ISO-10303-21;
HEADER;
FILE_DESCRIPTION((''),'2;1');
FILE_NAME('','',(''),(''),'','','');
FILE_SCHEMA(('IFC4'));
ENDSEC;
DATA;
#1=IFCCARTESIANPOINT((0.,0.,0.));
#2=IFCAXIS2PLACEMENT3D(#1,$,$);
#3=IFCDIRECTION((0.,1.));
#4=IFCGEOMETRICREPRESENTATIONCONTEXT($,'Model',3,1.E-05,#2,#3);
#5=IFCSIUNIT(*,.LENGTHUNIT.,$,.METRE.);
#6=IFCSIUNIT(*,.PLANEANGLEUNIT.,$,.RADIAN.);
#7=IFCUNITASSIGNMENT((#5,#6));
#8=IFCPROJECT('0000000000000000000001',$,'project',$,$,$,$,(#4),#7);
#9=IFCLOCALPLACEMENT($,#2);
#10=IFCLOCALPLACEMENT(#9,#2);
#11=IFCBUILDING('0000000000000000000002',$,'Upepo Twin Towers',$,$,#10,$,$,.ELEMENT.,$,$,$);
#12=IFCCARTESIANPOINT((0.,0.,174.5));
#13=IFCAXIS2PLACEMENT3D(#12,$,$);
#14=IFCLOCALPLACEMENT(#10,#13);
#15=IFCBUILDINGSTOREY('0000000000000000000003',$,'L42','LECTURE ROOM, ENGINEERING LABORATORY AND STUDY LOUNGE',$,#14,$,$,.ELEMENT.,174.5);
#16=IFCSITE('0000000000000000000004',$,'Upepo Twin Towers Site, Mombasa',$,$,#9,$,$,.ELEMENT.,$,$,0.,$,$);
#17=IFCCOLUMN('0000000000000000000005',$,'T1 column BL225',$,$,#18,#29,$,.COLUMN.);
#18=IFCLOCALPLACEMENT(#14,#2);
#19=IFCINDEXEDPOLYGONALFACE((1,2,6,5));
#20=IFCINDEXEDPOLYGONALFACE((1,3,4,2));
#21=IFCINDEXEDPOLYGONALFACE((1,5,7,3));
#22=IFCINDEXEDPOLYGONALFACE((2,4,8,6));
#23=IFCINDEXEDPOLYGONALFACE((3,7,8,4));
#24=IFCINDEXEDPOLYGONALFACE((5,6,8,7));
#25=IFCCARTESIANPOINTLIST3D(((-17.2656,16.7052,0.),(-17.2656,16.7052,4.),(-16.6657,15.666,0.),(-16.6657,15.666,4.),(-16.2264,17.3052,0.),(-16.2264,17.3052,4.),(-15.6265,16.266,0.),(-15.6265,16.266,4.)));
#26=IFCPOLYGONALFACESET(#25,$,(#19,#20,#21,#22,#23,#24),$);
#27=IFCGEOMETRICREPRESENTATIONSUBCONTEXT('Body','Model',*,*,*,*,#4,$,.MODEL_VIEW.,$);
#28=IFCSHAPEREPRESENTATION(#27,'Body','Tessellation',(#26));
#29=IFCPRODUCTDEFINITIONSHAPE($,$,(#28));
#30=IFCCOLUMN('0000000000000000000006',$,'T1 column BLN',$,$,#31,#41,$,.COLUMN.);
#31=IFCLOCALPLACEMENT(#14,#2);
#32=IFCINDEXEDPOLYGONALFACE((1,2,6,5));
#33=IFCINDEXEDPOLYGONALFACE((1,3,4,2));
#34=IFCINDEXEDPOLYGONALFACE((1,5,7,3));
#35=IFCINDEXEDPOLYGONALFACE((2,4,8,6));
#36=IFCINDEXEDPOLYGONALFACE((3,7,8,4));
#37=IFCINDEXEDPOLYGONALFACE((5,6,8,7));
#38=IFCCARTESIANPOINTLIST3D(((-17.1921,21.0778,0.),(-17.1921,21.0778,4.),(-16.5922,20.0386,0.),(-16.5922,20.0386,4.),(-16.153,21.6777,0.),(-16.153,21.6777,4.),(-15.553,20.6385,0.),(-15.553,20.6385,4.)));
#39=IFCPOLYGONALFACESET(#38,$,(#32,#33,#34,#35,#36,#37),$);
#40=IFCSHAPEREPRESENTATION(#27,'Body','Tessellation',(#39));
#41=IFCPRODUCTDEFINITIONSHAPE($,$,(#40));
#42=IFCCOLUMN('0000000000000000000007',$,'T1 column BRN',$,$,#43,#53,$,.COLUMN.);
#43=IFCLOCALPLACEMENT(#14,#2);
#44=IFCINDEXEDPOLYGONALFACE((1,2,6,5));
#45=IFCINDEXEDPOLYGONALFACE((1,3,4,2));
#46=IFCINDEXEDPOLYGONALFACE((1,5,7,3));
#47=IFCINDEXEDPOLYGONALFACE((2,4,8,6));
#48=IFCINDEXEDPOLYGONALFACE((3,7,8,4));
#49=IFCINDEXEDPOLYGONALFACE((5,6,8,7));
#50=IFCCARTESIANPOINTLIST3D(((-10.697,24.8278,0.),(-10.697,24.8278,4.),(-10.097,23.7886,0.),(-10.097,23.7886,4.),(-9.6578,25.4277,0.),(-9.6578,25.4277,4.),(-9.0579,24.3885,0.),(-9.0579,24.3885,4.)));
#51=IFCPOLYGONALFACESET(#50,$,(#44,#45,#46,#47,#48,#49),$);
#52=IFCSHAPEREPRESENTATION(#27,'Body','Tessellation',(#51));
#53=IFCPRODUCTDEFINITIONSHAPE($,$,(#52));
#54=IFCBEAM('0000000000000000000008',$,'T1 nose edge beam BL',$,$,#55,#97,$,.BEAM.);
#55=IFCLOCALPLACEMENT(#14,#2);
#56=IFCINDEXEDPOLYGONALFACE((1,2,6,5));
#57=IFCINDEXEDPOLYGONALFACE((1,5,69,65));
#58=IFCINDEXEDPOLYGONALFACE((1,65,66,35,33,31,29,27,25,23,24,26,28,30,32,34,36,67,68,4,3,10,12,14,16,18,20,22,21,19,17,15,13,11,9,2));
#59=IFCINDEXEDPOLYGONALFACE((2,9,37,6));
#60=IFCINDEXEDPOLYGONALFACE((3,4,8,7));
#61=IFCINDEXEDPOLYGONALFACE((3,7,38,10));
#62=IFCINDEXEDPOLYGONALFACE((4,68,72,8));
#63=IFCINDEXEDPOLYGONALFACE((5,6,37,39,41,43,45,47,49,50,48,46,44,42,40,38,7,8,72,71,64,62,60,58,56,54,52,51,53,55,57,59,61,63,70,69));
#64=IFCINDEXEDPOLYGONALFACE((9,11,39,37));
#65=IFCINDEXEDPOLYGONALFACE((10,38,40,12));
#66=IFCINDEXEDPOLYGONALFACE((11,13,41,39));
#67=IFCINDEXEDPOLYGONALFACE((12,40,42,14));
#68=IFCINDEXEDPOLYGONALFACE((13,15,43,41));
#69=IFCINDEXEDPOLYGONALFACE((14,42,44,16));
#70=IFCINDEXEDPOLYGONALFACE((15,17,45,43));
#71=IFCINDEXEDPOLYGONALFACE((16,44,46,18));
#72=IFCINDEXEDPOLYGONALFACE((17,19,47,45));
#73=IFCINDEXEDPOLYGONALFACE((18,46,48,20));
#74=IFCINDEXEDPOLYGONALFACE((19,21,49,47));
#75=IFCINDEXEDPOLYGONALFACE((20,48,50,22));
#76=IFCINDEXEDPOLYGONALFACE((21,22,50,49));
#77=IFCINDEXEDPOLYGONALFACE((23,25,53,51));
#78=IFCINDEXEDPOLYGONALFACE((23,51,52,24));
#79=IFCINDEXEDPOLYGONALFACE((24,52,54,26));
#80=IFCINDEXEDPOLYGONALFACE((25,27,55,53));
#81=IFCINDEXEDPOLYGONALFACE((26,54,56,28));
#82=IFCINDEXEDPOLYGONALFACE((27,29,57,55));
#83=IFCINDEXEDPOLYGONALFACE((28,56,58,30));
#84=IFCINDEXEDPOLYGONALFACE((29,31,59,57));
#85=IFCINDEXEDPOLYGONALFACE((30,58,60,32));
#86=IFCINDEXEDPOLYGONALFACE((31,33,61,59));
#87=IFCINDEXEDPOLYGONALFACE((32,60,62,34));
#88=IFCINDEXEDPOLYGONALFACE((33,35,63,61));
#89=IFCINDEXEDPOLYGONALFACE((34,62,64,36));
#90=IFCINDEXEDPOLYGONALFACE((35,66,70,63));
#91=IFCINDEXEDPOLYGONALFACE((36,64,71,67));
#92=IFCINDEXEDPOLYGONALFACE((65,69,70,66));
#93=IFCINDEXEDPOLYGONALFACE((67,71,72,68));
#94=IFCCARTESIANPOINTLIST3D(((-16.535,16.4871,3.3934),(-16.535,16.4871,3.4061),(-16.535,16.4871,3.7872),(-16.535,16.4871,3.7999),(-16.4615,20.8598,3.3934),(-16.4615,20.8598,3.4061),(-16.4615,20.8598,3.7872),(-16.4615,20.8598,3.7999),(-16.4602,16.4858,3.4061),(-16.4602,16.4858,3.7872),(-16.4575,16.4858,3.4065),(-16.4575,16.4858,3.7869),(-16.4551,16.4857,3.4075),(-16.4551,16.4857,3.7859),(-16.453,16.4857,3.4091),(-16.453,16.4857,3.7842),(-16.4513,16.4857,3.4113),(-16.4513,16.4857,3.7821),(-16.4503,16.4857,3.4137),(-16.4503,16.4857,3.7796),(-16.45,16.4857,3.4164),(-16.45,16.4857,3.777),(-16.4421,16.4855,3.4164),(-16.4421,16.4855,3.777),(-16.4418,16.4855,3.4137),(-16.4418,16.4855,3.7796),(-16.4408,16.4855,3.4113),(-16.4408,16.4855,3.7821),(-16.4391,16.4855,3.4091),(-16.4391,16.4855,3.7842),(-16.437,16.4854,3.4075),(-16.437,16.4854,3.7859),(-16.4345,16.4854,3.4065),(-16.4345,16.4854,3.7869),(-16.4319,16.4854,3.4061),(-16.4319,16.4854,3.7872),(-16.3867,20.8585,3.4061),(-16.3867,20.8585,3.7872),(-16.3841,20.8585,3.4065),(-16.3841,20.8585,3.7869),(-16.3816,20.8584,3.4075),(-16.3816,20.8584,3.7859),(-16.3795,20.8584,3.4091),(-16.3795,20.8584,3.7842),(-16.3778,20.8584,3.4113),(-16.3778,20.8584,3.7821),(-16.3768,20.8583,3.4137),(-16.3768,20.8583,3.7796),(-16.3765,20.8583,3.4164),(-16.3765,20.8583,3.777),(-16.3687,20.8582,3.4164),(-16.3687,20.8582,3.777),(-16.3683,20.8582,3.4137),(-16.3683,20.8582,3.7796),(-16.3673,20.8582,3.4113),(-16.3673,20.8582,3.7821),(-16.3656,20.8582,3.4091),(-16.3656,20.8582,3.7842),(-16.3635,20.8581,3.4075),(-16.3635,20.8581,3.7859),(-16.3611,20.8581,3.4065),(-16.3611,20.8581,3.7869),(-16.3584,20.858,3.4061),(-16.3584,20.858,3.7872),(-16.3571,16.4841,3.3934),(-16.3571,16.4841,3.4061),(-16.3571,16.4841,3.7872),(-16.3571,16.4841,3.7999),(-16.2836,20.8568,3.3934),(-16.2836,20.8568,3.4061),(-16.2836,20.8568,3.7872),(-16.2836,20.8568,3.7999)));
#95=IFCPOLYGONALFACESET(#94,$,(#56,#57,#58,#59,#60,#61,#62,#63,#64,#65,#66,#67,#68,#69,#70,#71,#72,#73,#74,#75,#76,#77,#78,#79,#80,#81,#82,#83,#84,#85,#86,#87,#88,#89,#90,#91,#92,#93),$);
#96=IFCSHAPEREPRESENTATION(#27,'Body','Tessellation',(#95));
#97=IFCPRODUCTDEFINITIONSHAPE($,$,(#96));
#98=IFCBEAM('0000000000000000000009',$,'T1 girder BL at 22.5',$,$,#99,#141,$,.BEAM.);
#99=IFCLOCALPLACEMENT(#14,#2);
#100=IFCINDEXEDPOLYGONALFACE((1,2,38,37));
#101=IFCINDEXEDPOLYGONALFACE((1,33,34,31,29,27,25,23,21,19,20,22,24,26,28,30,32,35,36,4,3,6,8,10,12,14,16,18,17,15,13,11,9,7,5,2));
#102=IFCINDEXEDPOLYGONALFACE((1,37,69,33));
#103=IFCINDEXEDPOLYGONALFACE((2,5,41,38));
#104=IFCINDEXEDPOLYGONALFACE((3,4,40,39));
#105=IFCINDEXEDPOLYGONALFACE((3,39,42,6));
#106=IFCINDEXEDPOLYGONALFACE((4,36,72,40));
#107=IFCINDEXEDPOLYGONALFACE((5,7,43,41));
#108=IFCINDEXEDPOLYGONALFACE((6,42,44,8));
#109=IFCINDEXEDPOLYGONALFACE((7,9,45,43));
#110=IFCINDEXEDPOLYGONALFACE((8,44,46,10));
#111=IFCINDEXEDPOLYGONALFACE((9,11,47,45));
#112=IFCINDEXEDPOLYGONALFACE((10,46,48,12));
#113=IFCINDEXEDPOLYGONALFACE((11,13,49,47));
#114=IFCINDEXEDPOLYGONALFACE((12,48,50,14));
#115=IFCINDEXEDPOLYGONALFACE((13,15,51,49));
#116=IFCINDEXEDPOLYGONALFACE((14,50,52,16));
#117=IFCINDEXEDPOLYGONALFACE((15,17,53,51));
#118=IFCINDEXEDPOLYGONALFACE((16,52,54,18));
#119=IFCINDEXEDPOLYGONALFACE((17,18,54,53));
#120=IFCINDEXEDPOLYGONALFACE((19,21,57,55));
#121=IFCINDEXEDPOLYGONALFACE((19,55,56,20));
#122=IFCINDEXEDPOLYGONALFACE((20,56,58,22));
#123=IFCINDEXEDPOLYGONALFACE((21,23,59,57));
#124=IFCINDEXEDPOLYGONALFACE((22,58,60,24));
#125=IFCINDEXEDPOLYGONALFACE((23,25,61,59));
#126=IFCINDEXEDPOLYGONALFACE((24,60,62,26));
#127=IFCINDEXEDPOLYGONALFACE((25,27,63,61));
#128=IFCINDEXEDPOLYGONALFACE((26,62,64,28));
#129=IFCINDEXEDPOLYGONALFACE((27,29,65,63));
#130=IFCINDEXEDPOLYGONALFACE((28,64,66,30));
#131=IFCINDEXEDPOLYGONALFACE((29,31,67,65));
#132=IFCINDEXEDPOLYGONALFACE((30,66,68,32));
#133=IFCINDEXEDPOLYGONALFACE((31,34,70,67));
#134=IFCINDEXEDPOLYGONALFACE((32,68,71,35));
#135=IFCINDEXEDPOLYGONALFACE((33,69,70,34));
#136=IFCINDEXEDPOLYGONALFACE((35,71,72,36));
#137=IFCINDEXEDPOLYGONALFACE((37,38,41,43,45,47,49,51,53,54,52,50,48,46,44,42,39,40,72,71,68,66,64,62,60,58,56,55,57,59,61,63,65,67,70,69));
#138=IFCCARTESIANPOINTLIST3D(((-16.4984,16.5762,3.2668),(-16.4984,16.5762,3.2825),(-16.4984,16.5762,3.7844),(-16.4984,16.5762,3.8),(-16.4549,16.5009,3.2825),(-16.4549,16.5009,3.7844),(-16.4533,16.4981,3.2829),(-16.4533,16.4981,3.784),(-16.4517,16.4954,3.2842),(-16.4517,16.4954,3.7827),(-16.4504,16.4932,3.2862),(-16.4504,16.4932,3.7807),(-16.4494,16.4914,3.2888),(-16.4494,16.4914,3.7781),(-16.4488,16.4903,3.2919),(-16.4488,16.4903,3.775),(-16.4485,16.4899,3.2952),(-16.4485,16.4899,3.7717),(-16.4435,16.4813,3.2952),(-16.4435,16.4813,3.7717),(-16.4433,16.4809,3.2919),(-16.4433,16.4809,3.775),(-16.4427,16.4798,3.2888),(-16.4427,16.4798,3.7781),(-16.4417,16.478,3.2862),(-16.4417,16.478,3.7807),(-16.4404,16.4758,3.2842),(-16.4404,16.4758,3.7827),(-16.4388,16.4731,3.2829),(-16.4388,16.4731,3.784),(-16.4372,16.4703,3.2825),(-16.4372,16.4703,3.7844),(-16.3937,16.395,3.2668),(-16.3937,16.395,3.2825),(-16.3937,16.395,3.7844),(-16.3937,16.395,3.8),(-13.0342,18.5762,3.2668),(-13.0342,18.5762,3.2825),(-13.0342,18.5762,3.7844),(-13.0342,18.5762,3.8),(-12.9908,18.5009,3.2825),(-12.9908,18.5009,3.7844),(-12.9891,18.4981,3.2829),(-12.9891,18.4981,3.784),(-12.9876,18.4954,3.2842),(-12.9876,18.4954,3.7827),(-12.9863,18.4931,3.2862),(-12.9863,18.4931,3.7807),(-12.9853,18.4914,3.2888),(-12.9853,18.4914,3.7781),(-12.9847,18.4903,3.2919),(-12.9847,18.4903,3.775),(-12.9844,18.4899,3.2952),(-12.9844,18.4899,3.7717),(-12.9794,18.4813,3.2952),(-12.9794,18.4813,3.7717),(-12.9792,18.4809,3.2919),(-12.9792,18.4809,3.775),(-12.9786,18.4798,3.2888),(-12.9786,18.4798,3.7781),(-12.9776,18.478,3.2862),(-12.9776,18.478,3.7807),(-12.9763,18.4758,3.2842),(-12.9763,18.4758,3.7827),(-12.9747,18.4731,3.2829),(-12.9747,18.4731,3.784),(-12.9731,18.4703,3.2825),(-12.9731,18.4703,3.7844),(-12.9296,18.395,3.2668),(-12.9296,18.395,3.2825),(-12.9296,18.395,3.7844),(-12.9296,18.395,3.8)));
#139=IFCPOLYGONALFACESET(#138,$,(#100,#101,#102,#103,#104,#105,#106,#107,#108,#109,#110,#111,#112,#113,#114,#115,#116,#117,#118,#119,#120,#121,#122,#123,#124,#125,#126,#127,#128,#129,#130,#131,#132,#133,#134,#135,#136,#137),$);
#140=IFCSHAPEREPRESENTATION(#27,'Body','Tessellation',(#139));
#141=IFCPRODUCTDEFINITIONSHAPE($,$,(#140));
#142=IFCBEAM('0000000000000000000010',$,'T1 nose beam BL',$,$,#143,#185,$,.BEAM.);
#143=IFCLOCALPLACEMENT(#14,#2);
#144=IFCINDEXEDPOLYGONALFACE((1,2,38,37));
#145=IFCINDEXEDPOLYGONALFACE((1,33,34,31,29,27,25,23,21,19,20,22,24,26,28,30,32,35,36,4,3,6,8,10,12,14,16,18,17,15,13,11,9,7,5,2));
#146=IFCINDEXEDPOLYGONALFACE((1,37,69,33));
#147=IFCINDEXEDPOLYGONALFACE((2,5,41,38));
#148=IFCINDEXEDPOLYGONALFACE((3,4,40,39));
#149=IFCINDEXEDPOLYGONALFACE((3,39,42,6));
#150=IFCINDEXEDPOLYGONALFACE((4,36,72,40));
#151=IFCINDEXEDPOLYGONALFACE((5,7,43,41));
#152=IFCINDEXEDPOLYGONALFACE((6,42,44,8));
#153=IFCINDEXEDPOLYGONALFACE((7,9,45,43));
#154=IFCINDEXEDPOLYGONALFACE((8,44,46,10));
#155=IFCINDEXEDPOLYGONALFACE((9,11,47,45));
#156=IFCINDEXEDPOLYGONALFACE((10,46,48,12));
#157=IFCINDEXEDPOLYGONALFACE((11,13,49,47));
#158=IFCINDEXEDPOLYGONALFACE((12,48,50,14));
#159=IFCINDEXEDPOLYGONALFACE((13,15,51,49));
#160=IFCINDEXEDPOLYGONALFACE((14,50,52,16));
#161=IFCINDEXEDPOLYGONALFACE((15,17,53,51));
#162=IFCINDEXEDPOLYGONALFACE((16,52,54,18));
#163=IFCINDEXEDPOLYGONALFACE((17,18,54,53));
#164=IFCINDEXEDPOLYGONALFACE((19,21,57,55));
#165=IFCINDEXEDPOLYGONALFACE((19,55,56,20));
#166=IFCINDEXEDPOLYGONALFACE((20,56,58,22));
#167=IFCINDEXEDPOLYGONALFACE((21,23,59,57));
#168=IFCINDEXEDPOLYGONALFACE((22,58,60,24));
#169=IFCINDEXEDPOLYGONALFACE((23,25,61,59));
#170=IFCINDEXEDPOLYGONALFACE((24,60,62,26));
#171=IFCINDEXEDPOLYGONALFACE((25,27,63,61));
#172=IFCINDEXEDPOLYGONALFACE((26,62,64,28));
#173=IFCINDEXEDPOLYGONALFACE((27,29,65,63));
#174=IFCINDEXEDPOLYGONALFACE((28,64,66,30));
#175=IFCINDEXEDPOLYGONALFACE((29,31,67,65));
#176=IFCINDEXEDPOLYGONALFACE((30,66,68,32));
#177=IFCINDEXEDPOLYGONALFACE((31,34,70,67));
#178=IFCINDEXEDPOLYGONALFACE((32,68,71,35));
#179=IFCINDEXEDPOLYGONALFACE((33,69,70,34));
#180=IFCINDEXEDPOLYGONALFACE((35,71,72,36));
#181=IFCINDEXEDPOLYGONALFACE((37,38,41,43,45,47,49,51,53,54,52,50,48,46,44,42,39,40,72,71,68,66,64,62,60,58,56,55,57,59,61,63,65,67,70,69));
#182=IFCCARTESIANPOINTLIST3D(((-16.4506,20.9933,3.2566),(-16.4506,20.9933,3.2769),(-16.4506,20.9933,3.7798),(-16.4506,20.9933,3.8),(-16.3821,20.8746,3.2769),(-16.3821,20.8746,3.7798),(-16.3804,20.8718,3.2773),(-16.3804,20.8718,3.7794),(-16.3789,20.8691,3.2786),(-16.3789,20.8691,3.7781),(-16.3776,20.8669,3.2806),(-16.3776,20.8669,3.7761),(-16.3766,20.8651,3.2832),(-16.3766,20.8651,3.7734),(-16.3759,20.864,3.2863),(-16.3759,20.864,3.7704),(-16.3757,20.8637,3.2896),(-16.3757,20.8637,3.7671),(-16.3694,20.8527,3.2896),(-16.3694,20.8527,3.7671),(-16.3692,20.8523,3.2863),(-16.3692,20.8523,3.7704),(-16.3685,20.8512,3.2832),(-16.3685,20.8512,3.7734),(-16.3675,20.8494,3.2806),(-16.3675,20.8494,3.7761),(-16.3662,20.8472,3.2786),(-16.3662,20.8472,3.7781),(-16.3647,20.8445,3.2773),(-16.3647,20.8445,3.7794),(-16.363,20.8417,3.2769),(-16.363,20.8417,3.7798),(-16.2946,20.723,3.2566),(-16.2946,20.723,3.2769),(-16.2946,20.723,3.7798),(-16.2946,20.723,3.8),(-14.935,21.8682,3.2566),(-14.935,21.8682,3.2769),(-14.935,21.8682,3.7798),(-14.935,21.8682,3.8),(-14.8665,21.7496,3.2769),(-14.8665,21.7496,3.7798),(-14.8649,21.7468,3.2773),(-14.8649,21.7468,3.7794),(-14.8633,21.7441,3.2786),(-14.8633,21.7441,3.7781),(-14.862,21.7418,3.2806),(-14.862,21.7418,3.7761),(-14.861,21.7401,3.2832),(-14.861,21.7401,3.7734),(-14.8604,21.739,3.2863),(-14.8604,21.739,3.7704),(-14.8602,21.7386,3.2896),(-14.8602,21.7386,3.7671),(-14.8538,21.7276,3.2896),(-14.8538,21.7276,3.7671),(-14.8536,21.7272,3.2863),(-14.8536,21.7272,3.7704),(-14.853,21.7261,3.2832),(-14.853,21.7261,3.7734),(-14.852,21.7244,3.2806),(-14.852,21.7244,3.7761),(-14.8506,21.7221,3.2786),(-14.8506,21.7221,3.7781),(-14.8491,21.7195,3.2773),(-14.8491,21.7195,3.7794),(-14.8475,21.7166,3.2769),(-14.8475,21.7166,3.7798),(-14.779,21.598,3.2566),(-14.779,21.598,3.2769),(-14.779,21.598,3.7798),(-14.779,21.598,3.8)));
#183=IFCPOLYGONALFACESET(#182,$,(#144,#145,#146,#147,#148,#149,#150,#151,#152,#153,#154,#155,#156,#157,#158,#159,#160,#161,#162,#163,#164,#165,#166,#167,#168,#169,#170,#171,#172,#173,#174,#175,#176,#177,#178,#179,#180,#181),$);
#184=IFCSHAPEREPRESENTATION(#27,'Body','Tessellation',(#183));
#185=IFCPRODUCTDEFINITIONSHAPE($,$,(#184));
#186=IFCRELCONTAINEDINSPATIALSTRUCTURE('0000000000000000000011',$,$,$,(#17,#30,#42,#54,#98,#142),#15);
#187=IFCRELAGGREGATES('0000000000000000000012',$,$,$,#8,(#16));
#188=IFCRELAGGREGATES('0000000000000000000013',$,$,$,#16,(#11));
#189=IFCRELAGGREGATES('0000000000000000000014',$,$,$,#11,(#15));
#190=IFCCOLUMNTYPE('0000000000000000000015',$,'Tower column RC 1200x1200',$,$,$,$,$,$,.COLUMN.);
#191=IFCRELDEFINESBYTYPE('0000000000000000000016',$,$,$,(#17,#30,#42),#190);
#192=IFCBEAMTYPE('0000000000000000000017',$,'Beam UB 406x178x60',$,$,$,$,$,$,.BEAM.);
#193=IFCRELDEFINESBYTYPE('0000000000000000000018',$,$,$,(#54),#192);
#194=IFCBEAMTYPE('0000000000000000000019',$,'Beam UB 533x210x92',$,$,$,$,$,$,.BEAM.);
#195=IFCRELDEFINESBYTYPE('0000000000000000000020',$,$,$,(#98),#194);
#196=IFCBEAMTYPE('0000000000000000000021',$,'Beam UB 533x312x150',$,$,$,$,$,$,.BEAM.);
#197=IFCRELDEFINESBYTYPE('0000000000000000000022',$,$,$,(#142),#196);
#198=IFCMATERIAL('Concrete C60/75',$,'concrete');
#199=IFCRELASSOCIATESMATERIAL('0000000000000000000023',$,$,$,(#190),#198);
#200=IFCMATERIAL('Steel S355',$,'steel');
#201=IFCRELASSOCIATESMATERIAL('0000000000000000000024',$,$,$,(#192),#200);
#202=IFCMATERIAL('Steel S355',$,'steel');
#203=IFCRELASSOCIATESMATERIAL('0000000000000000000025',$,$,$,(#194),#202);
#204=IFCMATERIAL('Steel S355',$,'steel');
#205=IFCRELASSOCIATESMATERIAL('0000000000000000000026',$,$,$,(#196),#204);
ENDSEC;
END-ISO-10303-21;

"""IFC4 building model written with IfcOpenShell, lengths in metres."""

from ifc_helpers import new_model, si_unit, direction, frame, origin, origin_2d, place, context, subcontext, project, spatial, rectangle, i_section, extrude, material, material_profile, profile_set, type_object, element, save


model = new_model("IFC4")

# Units and contexts
model_context = context("Model", 3, precision=1e-05, world=origin(), true_north=direction((0.0, 1.0)))
body_context = subcontext(model_context, "Body", "Model", "MODEL_VIEW")
ifc_project = project(units=[si_unit("LENGTHUNIT", "METRE"), si_unit("PLANEANGLEUNIT", "RADIAN")], contexts=[model_context])

# Site, building, storey
site_placement = place(None, origin())
site = spatial("IfcSite", under=ifc_project, at=site_placement, Name="Upepo Twin Towers Site, Mombasa", CompositionType="ELEMENT", RefElevation=0.0)
building_placement = place(site_placement, origin())
building = spatial("IfcBuilding", under=site, at=building_placement, Name="Upepo Twin Towers", CompositionType="ELEMENT")
storey_placement = place(building_placement, frame((0.0, 0.0, 174.5)))
storey = spatial("IfcBuildingStorey", under=building, at=storey_placement, Name="L42", Description="LECTURE ROOM, ENGINEERING LABORATORY AND STUDY LOUNGE", CompositionType="ELEMENT", Elevation=174.5)

# Columns
ifc_material_1 = material(Name="Concrete C60/75", Category="concrete")
ifc_material_profile_1 = material_profile(ifc_material_1, rectangle(XDim=1.2, YDim=1.2, at=origin_2d()), Name="RC 1200x1200")
ifc_profile_set_1 = profile_set([ifc_material_profile_1], Name="Concrete C60/75")
column_type = type_object("IfcColumnType", Name="Tower column RC 1200x1200", PredefinedType="COLUMN", material=ifc_profile_set_1)
for number, where, z_axis, x_axis, name in (
    (1, (-16.446, 16.4856, 0.0), (0.0, 0.0, 1.0), (0.866025, 0.5, 0.0), "T1 column BL225"),
    (2, (-16.3726, 20.8582, 0.0), (0.0, 0.0, 1.0), (0.866025, 0.5, 0.0), "T1 column BLN"),
    (3, (-9.8774, 24.6082, 0.0), (0.0, 0.0, 1.0), (0.866025, 0.5, 0.0), "T1 column BRN"),
):
    element("IfcColumn", number, at=place(storey_placement, frame(where, z_axis=z_axis, x_axis=x_axis)), inside=storey, type_object=column_type, Name=name, PredefinedType="COLUMN", context=body_context, shape_type="SweptSolid", body=[
        extrude(rectangle(XDim=1.2, YDim=1.2, at=origin_2d()), origin(), (0.0, 0.0, 1.0), 4.0),
    ])

# Beams
ifc_material_2 = material(Name="Steel S355", Category="steel")
ifc_material_profile_2 = material_profile(ifc_material_2, i_section(OverallWidth=0.178, OverallDepth=0.4065, WebThickness=0.0078, FlangeThickness=0.0127, FilletRadius=0.0103, at=origin_2d()), Name="UB 406x178x60")
ifc_profile_set_2 = profile_set([ifc_material_profile_2], Name="Steel S355")
beam_type_1 = type_object("IfcBeamType", Name="Beam UB 406x178x60", PredefinedType="BEAM", material=ifc_profile_set_2)
beam_1_placement = place(storey_placement, frame((-16.446, 16.4856, 3.5967), z_axis=(0.016804, 0.999859, 0.0), x_axis=(-0.999859, 0.016804, 0.0)))
element("IfcBeam", 4, at=beam_1_placement, inside=storey, type_object=beam_type_1, Name="T1 nose edge beam BL", PredefinedType="BEAM", context=body_context, shape_type="SweptSolid", body=[
    extrude(i_section(OverallWidth=0.178, OverallDepth=0.4065, WebThickness=0.0078, FlangeThickness=0.0127, FilletRadius=0.0103, at=origin_2d()), origin(), (0.0, 0.0, 1.0), 4.3733),
])
ifc_material_3 = material(Name="Steel S355", Category="steel")
ifc_material_profile_3 = material_profile(ifc_material_3, i_section(OverallWidth=0.2092, OverallDepth=0.5332, WebThickness=0.01, FlangeThickness=0.0156, FilletRadius=0.0127, at=origin_2d()), Name="UB 533x210x92")
ifc_profile_set_3 = profile_set([ifc_material_profile_3], Name="Steel S355")
beam_type_2 = type_object("IfcBeamType", Name="Beam UB 533x210x92", PredefinedType="BEAM", material=ifc_profile_set_3)
beam_2_placement = place(storey_placement, frame((-16.446, 16.4856, 3.5334), z_axis=(0.866026, 0.499999, 0.0), x_axis=(-0.499999, 0.866026, 0.0)))
element("IfcBeam", 5, at=beam_2_placement, inside=storey, type_object=beam_type_2, Name="T1 girder BL at 22.5", PredefinedType="BEAM", context=body_context, shape_type="SweptSolid", body=[
    extrude(i_section(OverallWidth=0.2092, OverallDepth=0.5332, WebThickness=0.01, FlangeThickness=0.0156, FilletRadius=0.0127, at=origin_2d()), origin(), (0.0, 0.0, 1.0), 4.0),
])
ifc_material_4 = material(Name="Steel S355", Category="steel")
ifc_material_profile_4 = material_profile(ifc_material_4, i_section(OverallWidth=0.312, OverallDepth=0.5435, WebThickness=0.0127, FlangeThickness=0.0203, FilletRadius=0.0127, at=origin_2d()), Name="UB 533x312x150")
ifc_profile_set_4 = profile_set([ifc_material_profile_4], Name="Steel S355")
beam_type_3 = type_object("IfcBeamType", Name="Beam UB 533x312x150", PredefinedType="BEAM", material=ifc_profile_set_4)
for number, where, z_axis, x_axis, name in (
    (6, (-16.3726, 20.8582, 3.5283), (0.866037, 0.49998, 0.0), (-0.49998, 0.866037, 0.0), "T1 nose beam BL"),
):
    element("IfcBeam", number, at=place(storey_placement, frame(where, z_axis=z_axis, x_axis=x_axis)), inside=storey, type_object=beam_type_3, Name=name, PredefinedType="BEAM", context=body_context, shape_type="SweptSolid", body=[
        extrude(i_section(OverallWidth=0.312, OverallDepth=0.5435, WebThickness=0.0127, FlangeThickness=0.0203, FilletRadius=0.0127, at=origin_2d()), origin(), (0.0, 0.0, 1.0), 1.75),
    ])

save(model, "model.ifc")
